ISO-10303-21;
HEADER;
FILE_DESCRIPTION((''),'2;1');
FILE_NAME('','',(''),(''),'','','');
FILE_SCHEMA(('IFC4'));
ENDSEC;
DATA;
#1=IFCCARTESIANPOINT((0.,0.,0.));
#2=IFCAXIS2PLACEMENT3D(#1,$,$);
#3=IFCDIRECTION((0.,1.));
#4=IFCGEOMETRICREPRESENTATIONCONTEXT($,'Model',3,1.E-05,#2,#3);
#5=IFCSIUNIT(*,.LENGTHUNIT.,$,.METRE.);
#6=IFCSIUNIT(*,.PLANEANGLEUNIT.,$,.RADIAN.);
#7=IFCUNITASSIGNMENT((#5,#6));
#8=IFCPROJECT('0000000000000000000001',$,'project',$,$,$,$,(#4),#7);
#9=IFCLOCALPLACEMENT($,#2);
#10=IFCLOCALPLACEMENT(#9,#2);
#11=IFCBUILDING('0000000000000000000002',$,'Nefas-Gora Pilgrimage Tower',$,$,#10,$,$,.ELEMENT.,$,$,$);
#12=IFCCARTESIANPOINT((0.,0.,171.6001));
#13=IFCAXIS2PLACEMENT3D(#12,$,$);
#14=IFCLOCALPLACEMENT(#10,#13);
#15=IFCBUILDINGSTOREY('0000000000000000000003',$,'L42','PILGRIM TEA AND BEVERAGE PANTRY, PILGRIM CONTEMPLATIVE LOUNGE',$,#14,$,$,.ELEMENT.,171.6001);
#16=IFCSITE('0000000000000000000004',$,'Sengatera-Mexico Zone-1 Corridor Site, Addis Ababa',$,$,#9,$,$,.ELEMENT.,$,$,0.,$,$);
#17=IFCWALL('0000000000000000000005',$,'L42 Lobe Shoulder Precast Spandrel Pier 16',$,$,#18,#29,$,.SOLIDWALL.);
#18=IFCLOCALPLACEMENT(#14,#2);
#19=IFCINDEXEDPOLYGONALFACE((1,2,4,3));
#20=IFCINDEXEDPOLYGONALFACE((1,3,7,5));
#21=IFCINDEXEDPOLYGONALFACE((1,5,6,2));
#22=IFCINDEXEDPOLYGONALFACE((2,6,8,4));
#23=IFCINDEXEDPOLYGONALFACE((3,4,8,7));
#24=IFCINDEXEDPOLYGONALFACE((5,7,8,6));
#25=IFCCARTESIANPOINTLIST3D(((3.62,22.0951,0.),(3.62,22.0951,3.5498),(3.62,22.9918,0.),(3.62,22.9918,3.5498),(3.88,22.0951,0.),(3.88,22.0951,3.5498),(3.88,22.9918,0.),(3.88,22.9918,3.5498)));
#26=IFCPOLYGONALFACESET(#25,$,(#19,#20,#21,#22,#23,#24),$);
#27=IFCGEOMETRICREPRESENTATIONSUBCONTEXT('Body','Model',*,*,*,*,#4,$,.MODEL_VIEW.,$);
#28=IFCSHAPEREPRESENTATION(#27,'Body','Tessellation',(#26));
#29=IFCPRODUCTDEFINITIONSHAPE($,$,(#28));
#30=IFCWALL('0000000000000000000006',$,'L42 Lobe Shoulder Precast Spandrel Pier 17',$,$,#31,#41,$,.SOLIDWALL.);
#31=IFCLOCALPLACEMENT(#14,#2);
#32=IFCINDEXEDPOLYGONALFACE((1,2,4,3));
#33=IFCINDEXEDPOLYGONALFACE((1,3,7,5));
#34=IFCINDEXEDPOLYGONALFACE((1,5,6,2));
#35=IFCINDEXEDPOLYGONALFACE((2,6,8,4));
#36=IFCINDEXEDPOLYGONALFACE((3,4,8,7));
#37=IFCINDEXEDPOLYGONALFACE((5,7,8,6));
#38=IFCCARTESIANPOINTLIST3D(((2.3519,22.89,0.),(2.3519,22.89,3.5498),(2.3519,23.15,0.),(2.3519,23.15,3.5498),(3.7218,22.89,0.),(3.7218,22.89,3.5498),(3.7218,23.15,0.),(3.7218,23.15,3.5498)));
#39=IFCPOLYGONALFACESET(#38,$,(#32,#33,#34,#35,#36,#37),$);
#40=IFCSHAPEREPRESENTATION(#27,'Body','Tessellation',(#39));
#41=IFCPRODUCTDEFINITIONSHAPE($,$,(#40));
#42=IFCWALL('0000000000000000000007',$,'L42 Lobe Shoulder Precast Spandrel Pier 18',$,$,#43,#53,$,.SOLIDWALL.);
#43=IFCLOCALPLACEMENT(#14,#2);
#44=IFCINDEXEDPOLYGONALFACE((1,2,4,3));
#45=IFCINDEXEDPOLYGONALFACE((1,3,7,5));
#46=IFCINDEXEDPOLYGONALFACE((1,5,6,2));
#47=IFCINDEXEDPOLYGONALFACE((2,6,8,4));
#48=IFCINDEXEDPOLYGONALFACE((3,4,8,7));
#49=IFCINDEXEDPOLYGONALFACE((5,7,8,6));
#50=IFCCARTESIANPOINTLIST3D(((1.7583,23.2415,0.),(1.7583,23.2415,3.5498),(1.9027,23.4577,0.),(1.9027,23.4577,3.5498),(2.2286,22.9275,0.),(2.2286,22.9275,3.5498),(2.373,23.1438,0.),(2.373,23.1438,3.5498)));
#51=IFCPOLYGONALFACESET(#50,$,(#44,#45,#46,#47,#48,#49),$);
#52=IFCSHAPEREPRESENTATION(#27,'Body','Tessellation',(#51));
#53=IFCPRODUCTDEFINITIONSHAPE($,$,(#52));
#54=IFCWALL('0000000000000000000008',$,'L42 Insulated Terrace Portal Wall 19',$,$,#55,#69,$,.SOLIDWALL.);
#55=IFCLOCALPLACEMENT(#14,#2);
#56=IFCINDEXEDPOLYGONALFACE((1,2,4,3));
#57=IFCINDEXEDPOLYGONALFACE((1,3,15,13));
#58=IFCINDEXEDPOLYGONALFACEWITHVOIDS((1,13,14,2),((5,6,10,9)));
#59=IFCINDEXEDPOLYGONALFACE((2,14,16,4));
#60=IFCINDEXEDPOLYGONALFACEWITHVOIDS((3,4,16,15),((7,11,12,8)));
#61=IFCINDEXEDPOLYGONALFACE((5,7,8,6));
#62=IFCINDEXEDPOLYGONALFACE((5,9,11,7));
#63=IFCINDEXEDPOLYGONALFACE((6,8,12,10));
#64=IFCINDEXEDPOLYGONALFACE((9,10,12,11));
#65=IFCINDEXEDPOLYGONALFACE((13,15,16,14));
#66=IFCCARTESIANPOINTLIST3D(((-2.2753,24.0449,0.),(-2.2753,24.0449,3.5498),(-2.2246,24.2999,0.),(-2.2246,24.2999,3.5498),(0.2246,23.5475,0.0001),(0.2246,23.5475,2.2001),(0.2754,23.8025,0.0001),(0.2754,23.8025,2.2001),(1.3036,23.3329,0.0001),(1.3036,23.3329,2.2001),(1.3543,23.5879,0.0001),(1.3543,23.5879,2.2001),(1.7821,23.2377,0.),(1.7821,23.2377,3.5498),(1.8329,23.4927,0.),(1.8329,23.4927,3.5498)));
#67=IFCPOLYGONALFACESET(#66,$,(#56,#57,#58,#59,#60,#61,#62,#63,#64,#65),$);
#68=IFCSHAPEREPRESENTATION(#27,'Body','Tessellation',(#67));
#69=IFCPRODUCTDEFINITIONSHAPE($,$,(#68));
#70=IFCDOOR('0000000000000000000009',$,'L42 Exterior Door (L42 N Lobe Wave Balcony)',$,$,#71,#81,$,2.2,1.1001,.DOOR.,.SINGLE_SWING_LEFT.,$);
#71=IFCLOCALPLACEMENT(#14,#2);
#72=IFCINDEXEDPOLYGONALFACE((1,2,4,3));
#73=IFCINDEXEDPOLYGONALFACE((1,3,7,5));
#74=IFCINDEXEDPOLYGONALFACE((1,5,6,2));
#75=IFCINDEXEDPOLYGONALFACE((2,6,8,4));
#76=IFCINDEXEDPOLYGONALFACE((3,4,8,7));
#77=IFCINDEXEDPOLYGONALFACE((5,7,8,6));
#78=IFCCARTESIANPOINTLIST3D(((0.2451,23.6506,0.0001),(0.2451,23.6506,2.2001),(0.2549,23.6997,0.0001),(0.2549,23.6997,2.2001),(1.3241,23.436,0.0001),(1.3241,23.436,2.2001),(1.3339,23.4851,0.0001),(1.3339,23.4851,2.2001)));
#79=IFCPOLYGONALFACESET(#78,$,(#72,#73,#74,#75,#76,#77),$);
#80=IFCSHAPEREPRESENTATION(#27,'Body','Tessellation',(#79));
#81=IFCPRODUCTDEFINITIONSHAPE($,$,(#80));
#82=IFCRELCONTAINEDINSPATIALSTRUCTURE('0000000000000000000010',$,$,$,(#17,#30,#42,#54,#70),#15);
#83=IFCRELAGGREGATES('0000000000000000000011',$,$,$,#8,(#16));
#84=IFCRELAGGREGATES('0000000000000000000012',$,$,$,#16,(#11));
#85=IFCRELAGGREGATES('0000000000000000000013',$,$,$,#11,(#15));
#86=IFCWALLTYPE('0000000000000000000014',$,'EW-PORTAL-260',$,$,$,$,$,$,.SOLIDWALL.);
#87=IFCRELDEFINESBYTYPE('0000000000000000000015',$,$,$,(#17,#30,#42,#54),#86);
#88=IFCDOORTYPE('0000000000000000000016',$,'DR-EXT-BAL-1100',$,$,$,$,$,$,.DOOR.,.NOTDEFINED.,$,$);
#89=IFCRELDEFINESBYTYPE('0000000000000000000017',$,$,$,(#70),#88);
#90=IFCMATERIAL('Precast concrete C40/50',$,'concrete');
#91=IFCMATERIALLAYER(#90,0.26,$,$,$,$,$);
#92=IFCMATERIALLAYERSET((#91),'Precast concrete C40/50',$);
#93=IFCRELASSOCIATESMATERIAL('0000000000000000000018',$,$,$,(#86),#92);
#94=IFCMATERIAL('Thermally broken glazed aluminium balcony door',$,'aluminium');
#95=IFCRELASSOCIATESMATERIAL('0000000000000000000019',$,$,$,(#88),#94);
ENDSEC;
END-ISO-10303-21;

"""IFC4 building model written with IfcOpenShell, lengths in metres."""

from ifc_helpers import new_model, si_unit, direction, frame, frame_2d, origin, place, context, subcontext, project, spatial, rectangle, extrude, source, transform, mapped, material, layer, layer_set, type_object, element, fill, save


model = new_model("IFC4")

# Units and contexts
model_context = context("Model", 3, precision=1e-05, world=origin(), true_north=direction((0.0, 1.0)))
body_context = subcontext(model_context, "Body", "Model", "MODEL_VIEW")
ifc_project = project(units=[si_unit("LENGTHUNIT", "METRE"), si_unit("PLANEANGLEUNIT", "RADIAN")], contexts=[model_context])

# Site, building, storey
site_placement = place(None, origin())
site = spatial("IfcSite", under=ifc_project, at=site_placement, Name="Sengatera-Mexico Zone-1 Corridor Site, Addis Ababa", CompositionType="ELEMENT", RefElevation=0.0)
building_placement = place(site_placement, origin())
building = spatial("IfcBuilding", under=site, at=building_placement, Name="Nefas-Gora Pilgrimage Tower", CompositionType="ELEMENT")
storey_placement = place(building_placement, frame((0.0, 0.0, 171.6001)))
storey = spatial("IfcBuildingStorey", under=building, at=storey_placement, Name="L42", Description="PILGRIM TEA AND BEVERAGE PANTRY, PILGRIM CONTEMPLATIVE LOUNGE", CompositionType="ELEMENT", Elevation=171.6001)

# Walls
ifc_material_1 = material(Name="Precast concrete C40/50", Category="concrete")
ifc_layer_1 = layer(ifc_material_1, 0.26)
ifc_layer_set_1 = layer_set([ifc_layer_1], Name="Precast concrete C40/50")
wall_type = type_object("IfcWallType", Name="EW-PORTAL-260", PredefinedType="SOLIDWALL", material=ifc_layer_set_1)
shared_shape_1 = source(origin(), body_context, "Body", "SweptSolid", [
    extrude(rectangle(XDim=0.8967, YDim=0.26, at=frame_2d((0.4482, 0.0))), origin(), (0.0, 0.0, 1.0), 3.5498),
])
wall_1_placement = place(storey_placement, frame((3.75, 22.0952, 0.0), z_axis=(0.0, 0.0, 1.0), x_axis=(0.0, 1.0, 0.0)))
element("IfcWall", 1, at=wall_1_placement, inside=storey, type_object=wall_type, Name="L42 Lobe Shoulder Precast Spandrel Pier 16", PredefinedType="SOLIDWALL", context=body_context, shape_type="MappedRepresentation", body=[
    mapped(shared_shape_1, transform((0.0, 0.0, 0.0), x_axis=(1.0, 0.0, 0.0), y_axis=(0.0, 1.0, 0.0), z_axis=(0.0, 0.0, 1.0), scale=1.0)),
])
shared_shape_2 = source(origin(), body_context, "Body", "SweptSolid", [
    extrude(rectangle(XDim=1.3699, YDim=0.26, at=frame_2d((0.6851, 0.0))), origin(), (0.0, 0.0, 1.0), 3.5498),
])
wall_2_placement = place(storey_placement, frame((3.7219, 23.02, 0.0), z_axis=(0.0, 0.0, 1.0), x_axis=(-1.0, 0.0, 0.0)))
element("IfcWall", 2, at=wall_2_placement, inside=storey, type_object=wall_type, Name="L42 Lobe Shoulder Precast Spandrel Pier 17", PredefinedType="SOLIDWALL", context=body_context, shape_type="MappedRepresentation", body=[
    mapped(shared_shape_2, transform((0.0, 0.0, 0.0), x_axis=(1.0, 0.0, 0.0), y_axis=(0.0, 1.0, 0.0), z_axis=(0.0, 0.0, 1.0), scale=1.0)),
])
shared_shape_3 = source(origin(), body_context, "Body", "SweptSolid", [
    extrude(rectangle(XDim=0.5654, YDim=0.26, at=frame_2d((0.2827, 0.0))), origin(), (0.0, 0.0, 1.0), 3.5498),
])
wall_3_placement = place(storey_placement, frame((2.3008, 23.0356, 0.0), z_axis=(0.0, 0.0, 1.0), x_axis=(-0.831651, 0.555298, 0.0)))
element("IfcWall", 3, at=wall_3_placement, inside=storey, type_object=wall_type, Name="L42 Lobe Shoulder Precast Spandrel Pier 18", PredefinedType="SOLIDWALL", context=body_context, shape_type="MappedRepresentation", body=[
    mapped(shared_shape_3, transform((0.0, 0.0, 0.0), x_axis=(1.0, 0.0, 0.0), y_axis=(0.0, 1.0, 0.0), z_axis=(0.0, 0.0, 1.0), scale=1.0)),
])

# Wall, opening, door
shared_shape_4 = source(origin(), body_context, "Body", "SweptSolid", [
    extrude(rectangle(XDim=4.137, YDim=0.26, at=frame_2d((2.0684, 0.0))), origin(), (0.0, 0.0, 1.0), 3.5498),
])
wall_4_placement = place(storey_placement, frame((1.8074, 23.3652, 0.0), z_axis=(0.0, 0.0, 1.0), x_axis=(-0.980782, 0.195106, 0.0)))
wall_4 = element("IfcWall", 4, at=wall_4_placement, inside=storey, type_object=wall_type, Name="L42 Insulated Terrace Portal Wall 19", PredefinedType="SOLIDWALL", context=body_context, shape_type="MappedRepresentation", body=[
    mapped(shared_shape_4, transform((0.0, 0.0, 0.0), x_axis=(1.0, 0.0, 0.0), y_axis=(0.0, 1.0, 0.0), z_axis=(0.0, 0.0, 1.0), scale=1.0)),
])
opening_placement = place(wall_4_placement, frame((0.4878, 0.0, 0.0)))
opening = element("IfcOpeningElement", 5, at=opening_placement, cuts=wall_4, PredefinedType="OPENING", context=body_context, shape_type="SweptSolid", body=[
    extrude(rectangle(XDim=1.1001, YDim=2.2, at=frame_2d((0.55, 1.1001))), frame((0.0, 0.1399, 0.0), z_axis=(0.0, -1.0, 0.0), x_axis=(1.0, 0.0, 0.0)), (0.0, 0.0, 1.0), 0.28),
])
ifc_material_2 = material(Name="Thermally broken glazed aluminium balcony door", Category="aluminium")
door_type = type_object("IfcDoorType", Name="DR-EXT-BAL-1100", OperationType="NOTDEFINED", PredefinedType="DOOR", material=ifc_material_2)
shared_shape_5 = source(origin(), body_context, "Body", "SweptSolid", [
    extrude(rectangle(XDim=1.1001, YDim=2.2, at=frame_2d((0.55, 1.1001))), frame((0.0, 0.0249, 0.0), z_axis=(0.0, -1.0, 0.0), x_axis=(1.0, 0.0, 0.0)), (0.0, 0.0, 1.0), 0.05),
])
door_placement = place(opening_placement, origin())
door = element("IfcDoor", 6, at=door_placement, inside=storey, type_object=door_type, Name="L42 Exterior Door (L42 N Lobe Wave Balcony)", OperationType="SINGLE_SWING_LEFT", OverallHeight=2.2, OverallWidth=1.1001, PredefinedType="DOOR", context=body_context, shape_type="MappedRepresentation", body=[
    mapped(shared_shape_5, transform((0.0, 0.0, 0.0), x_axis=(1.0, 0.0, 0.0), y_axis=(0.0, 1.0, 0.0), z_axis=(0.0, 0.0, 1.0), scale=1.0)),
])
fill(opening, door)

save(model, "model.ifc")
